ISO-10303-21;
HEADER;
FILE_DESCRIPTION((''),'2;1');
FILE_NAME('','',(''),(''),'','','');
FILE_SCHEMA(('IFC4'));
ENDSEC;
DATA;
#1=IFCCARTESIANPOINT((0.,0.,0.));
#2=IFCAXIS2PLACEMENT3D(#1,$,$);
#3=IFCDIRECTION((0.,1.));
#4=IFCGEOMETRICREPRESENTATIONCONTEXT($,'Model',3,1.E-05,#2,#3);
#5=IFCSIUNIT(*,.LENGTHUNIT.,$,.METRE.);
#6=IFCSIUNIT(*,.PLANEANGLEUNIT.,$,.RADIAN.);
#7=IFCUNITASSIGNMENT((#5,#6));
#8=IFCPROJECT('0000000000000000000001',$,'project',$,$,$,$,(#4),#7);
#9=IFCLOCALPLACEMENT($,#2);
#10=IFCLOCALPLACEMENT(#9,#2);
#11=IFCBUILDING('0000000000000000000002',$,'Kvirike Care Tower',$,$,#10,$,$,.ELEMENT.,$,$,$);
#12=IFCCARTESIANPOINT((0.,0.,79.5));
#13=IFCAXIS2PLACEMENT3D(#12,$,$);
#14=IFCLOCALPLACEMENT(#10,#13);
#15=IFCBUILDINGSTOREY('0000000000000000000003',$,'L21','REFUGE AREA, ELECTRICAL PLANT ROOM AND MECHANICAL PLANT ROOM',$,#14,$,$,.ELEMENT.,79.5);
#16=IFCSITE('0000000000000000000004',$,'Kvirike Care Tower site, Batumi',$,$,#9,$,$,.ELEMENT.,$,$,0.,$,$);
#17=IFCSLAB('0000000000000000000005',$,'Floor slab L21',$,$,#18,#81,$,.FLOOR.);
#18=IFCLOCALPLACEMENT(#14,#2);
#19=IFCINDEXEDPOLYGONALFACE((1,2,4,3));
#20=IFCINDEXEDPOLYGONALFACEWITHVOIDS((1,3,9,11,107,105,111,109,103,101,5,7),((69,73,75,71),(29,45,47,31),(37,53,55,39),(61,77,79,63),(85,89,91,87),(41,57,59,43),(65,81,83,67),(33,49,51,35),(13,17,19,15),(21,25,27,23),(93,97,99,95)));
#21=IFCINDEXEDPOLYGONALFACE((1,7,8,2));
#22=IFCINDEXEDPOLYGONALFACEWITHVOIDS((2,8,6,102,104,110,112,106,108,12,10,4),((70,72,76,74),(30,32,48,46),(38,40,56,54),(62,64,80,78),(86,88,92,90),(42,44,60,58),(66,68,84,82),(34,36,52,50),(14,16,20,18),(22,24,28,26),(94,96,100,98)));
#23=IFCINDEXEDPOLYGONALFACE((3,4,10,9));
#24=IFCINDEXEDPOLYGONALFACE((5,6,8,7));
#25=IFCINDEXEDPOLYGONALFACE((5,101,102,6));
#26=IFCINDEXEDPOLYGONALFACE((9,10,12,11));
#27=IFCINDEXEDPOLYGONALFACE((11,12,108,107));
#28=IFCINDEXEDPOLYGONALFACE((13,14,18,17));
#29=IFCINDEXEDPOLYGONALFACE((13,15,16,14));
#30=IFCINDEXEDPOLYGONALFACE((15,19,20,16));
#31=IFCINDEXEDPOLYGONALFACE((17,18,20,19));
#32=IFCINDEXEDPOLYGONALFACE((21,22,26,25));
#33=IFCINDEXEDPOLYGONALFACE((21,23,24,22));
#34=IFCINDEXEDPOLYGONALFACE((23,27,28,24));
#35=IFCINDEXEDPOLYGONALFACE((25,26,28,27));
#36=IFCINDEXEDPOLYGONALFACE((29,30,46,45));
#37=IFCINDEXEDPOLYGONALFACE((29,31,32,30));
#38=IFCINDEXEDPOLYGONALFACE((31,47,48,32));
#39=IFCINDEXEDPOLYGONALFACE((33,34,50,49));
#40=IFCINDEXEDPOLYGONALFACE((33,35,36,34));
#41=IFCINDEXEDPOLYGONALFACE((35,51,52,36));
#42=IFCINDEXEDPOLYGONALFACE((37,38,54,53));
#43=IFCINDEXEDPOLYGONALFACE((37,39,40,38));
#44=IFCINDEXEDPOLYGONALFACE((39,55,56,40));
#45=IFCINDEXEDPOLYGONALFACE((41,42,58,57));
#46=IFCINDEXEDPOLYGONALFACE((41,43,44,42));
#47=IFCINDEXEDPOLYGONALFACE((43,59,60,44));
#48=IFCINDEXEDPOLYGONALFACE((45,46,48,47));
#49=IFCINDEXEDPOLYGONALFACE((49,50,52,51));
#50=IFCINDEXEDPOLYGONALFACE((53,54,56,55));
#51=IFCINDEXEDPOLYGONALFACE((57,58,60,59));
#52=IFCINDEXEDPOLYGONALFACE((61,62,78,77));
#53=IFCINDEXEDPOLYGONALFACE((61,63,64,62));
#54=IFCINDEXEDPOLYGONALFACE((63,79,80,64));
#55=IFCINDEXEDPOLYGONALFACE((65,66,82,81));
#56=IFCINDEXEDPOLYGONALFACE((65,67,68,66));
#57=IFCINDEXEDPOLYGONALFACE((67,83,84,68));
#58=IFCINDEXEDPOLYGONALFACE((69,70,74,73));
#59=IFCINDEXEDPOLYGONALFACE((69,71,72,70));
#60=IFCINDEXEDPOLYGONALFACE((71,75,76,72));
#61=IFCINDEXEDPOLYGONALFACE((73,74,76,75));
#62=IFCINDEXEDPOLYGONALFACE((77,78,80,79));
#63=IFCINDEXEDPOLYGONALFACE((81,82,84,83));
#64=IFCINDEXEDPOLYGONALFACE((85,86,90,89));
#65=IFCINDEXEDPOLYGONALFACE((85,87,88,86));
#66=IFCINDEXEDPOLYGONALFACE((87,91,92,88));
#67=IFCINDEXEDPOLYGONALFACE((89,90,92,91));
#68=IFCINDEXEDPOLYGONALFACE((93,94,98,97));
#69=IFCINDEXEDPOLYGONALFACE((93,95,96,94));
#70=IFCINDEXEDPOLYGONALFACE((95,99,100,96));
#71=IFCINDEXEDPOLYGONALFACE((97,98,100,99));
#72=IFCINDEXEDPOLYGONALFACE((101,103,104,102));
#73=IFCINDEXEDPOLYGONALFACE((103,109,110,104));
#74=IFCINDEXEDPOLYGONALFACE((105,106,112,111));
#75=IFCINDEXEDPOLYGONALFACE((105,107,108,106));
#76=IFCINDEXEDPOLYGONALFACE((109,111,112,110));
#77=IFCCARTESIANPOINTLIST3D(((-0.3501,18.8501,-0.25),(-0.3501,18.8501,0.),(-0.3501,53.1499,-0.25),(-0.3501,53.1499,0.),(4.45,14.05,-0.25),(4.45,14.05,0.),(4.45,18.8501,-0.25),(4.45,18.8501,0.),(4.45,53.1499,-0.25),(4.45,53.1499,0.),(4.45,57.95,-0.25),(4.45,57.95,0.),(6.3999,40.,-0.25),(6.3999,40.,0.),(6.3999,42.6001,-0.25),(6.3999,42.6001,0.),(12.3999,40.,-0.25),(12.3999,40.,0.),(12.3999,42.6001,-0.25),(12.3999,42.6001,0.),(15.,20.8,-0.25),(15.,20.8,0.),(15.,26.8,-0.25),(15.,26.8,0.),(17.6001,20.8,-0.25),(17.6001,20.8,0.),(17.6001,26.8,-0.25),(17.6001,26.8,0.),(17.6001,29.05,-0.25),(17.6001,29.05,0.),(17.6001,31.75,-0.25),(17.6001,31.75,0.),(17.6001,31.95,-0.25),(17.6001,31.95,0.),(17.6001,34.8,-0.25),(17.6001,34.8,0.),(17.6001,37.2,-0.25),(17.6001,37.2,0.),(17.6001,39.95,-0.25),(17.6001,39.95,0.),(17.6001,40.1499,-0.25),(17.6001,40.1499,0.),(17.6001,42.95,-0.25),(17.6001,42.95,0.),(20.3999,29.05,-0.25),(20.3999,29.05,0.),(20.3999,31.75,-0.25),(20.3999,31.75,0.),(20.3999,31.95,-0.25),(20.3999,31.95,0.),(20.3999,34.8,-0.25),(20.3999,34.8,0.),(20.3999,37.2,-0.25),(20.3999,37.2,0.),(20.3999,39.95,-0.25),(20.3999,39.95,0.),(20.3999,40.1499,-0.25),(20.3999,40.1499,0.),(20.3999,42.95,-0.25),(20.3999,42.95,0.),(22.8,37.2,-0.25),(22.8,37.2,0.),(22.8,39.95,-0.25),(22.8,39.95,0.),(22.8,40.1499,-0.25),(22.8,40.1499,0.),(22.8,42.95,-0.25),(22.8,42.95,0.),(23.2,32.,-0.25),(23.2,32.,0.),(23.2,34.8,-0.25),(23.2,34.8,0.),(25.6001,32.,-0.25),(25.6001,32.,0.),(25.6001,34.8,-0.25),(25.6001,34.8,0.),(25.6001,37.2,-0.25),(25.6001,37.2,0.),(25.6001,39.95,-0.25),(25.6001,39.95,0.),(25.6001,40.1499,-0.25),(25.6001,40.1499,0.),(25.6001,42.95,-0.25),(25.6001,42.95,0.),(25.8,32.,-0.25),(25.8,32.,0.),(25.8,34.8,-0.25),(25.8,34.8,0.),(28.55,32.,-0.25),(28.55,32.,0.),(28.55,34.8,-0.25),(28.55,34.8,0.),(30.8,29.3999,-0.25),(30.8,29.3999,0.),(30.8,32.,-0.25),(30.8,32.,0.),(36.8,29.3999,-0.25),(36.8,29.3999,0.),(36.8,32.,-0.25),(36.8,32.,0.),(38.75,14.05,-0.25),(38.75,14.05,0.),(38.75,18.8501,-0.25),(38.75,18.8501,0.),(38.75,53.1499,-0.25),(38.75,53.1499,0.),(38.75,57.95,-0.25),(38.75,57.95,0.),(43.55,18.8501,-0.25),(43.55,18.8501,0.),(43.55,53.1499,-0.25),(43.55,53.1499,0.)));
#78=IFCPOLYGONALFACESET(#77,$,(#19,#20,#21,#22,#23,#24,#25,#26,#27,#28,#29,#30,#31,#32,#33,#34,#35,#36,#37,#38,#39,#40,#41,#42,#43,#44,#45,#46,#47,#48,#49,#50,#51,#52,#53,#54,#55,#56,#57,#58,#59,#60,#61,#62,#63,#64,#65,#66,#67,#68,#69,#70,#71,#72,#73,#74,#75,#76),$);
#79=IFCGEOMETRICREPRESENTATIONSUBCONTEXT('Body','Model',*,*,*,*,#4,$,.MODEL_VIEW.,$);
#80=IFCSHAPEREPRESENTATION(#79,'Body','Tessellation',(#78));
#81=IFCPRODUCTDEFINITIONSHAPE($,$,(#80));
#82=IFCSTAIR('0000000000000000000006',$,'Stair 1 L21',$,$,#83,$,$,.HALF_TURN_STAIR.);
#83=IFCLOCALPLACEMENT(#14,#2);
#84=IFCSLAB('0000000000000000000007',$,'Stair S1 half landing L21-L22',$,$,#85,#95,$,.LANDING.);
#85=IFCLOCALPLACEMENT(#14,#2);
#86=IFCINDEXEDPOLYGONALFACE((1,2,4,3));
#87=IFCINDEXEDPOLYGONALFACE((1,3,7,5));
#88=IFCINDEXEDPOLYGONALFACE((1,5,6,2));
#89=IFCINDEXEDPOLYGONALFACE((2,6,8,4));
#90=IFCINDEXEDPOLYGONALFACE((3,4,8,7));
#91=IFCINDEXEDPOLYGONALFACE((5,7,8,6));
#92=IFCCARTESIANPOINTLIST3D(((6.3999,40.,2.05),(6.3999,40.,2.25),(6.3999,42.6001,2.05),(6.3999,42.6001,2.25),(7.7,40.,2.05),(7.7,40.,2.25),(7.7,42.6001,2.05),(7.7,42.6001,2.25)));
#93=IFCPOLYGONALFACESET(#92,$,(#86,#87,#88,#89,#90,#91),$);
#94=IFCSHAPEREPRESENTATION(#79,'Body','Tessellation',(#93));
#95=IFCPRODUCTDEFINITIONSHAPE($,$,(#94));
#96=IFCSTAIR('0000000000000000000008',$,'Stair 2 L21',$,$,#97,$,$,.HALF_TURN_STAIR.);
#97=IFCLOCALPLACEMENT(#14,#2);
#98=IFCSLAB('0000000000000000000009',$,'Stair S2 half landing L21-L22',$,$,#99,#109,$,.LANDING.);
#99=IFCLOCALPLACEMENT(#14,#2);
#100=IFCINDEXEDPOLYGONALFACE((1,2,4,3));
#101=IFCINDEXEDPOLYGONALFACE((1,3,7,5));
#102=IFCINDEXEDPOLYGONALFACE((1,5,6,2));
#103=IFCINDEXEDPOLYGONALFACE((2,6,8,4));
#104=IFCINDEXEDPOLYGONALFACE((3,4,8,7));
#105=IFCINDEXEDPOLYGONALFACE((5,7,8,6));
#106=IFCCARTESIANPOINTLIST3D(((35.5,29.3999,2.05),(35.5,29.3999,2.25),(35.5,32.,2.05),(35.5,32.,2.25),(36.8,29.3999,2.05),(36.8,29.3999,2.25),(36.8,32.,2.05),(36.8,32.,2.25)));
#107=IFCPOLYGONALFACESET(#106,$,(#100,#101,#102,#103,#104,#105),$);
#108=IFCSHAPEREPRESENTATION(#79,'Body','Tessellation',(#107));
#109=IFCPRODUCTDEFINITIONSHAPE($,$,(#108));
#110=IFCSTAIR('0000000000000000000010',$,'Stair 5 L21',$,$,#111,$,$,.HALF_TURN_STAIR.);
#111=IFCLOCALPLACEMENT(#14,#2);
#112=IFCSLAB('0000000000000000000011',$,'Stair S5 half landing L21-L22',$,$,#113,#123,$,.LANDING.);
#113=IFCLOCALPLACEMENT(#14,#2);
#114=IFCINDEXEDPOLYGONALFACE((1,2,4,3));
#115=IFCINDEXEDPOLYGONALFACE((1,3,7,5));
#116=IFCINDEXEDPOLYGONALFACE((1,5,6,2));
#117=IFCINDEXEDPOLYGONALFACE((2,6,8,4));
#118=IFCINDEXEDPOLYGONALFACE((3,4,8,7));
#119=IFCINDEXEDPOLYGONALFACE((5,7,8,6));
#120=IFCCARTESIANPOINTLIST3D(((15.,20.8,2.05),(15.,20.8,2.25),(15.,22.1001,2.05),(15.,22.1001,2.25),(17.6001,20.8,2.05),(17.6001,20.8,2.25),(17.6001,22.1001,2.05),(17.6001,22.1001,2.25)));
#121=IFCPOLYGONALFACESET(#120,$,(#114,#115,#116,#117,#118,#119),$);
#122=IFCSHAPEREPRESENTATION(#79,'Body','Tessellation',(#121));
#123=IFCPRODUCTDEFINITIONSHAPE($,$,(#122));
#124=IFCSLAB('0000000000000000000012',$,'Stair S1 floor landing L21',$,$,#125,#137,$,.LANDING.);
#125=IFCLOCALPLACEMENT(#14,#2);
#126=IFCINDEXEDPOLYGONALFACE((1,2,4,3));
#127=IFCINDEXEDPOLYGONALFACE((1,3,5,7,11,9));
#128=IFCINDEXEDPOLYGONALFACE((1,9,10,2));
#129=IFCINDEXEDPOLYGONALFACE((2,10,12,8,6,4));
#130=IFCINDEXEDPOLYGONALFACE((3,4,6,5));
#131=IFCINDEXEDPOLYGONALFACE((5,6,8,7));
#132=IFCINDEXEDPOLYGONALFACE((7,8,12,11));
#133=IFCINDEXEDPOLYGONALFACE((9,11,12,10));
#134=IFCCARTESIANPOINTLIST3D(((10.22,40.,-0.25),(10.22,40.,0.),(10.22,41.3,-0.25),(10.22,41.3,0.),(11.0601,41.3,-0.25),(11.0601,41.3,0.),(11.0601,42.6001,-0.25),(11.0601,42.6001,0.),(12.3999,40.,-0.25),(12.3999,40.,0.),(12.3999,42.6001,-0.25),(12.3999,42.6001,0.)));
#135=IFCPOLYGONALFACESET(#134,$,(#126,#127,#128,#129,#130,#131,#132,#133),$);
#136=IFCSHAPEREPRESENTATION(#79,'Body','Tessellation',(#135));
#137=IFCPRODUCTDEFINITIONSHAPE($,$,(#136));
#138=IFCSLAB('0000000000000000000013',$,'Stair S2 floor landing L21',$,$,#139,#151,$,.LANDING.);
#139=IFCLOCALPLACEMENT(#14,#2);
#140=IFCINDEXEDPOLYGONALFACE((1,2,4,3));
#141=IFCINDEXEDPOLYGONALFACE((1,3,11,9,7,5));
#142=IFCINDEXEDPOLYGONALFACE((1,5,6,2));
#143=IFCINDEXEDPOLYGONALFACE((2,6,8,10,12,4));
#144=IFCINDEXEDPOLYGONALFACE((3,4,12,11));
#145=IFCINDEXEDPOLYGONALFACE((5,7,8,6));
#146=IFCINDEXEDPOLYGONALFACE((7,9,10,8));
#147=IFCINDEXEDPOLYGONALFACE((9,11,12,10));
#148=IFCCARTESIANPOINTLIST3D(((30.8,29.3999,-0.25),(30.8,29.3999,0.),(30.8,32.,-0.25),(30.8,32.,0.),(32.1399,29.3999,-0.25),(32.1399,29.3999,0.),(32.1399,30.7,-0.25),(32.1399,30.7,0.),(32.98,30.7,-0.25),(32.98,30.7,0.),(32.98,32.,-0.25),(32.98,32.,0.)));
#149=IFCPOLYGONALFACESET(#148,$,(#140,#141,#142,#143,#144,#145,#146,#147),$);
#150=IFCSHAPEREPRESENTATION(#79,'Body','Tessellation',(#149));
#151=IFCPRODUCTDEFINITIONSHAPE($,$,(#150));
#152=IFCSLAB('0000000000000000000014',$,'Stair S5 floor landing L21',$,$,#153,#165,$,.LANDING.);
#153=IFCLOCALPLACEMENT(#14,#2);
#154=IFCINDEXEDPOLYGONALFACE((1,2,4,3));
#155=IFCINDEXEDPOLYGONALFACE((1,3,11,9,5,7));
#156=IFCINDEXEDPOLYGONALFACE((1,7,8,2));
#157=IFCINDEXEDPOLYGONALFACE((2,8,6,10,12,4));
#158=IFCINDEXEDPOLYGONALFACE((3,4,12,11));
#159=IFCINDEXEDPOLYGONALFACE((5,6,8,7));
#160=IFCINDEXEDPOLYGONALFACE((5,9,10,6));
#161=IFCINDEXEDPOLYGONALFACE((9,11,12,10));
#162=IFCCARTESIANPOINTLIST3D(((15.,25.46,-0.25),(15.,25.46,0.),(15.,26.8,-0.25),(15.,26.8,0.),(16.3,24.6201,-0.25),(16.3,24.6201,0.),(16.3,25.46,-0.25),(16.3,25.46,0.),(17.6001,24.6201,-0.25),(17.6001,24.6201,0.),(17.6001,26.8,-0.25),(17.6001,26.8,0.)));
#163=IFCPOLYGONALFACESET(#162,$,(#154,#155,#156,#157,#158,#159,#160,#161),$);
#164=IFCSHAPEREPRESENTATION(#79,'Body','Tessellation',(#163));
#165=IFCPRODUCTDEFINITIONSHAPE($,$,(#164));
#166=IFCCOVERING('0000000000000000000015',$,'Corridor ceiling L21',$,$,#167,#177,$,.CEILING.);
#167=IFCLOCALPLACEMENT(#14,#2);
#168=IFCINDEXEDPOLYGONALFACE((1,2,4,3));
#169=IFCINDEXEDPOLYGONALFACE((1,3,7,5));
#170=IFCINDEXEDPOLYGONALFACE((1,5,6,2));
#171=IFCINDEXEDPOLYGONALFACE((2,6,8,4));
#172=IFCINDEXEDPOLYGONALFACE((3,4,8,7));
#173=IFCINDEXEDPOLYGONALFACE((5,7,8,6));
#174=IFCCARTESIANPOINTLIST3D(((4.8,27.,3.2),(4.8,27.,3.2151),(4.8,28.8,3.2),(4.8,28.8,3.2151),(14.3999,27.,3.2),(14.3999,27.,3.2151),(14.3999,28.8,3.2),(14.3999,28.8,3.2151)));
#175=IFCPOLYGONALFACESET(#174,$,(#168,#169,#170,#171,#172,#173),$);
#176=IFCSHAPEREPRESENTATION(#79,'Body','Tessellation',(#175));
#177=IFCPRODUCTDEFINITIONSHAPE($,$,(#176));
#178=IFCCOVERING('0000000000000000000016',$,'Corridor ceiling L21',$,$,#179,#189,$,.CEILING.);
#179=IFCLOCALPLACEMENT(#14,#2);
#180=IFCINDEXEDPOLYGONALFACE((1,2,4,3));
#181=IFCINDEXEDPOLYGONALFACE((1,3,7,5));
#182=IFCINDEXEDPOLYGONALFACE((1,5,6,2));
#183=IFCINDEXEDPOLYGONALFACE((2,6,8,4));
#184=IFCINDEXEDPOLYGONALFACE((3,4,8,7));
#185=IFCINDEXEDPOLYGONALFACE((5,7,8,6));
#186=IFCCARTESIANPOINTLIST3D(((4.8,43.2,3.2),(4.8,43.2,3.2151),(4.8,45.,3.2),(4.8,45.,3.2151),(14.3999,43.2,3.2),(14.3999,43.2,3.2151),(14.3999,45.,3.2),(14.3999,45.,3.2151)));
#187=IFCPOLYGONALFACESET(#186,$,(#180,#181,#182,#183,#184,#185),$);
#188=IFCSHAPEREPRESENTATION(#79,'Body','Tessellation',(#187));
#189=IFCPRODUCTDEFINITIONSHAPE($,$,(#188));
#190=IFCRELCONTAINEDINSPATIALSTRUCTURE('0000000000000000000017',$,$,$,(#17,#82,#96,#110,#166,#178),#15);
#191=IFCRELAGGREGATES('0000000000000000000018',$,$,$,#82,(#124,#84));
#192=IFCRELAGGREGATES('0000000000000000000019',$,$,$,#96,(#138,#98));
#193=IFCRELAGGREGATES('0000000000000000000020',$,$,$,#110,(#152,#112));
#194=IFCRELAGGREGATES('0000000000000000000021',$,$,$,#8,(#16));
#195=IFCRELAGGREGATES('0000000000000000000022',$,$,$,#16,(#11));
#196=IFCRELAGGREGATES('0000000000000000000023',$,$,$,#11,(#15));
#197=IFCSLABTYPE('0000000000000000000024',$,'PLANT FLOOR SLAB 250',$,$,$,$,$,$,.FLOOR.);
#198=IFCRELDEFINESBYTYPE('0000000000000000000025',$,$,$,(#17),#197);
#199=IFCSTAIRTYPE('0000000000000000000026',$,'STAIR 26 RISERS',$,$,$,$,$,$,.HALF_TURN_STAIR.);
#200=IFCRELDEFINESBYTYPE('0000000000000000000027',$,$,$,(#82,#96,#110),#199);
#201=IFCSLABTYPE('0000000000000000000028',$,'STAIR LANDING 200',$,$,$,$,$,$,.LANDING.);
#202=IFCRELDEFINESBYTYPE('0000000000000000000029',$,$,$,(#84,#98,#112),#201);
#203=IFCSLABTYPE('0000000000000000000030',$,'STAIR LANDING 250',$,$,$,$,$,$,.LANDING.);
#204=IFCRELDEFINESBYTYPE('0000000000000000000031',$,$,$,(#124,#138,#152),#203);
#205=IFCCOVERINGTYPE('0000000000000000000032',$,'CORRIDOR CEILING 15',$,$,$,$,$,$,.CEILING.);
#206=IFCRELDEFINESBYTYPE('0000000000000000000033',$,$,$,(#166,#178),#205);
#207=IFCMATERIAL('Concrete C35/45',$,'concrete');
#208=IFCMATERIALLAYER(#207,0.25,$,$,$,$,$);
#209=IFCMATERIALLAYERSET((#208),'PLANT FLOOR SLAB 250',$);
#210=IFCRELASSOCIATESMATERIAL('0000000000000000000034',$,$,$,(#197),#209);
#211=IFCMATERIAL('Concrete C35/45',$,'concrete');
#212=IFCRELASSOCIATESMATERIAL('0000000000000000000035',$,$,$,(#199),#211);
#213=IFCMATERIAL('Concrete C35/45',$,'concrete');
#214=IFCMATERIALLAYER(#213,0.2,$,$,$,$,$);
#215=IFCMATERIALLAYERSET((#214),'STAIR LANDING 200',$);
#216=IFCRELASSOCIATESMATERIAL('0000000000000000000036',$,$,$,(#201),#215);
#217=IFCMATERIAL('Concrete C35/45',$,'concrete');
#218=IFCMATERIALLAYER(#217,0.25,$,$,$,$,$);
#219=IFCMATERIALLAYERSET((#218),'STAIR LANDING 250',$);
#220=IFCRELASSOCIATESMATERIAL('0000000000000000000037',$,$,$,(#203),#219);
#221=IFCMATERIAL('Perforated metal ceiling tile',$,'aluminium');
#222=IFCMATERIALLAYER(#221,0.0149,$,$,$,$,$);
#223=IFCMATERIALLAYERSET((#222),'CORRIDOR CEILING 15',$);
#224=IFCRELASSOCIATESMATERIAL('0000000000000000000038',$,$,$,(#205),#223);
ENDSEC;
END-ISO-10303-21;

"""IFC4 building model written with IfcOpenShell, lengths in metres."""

from ifc_helpers import new_model, si_unit, direction, frame, origin, place, context, subcontext, project, spatial, polyline, outline, extrude, material, layer, layer_set, type_object, element, aggregate, save


model = new_model("IFC4")

# Units and contexts
model_context = context("Model", 3, precision=1e-05, world=origin(), true_north=direction((0.0, 1.0)))
body_context = subcontext(model_context, "Body", "Model", "MODEL_VIEW")
ifc_project = project(units=[si_unit("LENGTHUNIT", "METRE"), si_unit("PLANEANGLEUNIT", "RADIAN")], contexts=[model_context])

# Site, building, storey
site_placement = place(None, origin())
site = spatial("IfcSite", under=ifc_project, at=site_placement, Name="Kvirike Care Tower site, Batumi", CompositionType="ELEMENT", RefElevation=0.0)
building_placement = place(site_placement, origin())
building = spatial("IfcBuilding", under=site, at=building_placement, Name="Kvirike Care Tower", CompositionType="ELEMENT")
storey_placement = place(building_placement, frame((0.0, 0.0, 79.5)))
storey = spatial("IfcBuildingStorey", under=building, at=storey_placement, Name="L21", Description="REFUGE AREA, ELECTRICAL PLANT ROOM AND MECHANICAL PLANT ROOM", CompositionType="ELEMENT", Elevation=79.5)

# Slab
ifc_material_1 = material(Name="Concrete C35/45", Category="concrete")
ifc_layer_1 = layer(ifc_material_1, 0.25)
ifc_layer_set_1 = layer_set([ifc_layer_1], Name="PLANT FLOOR SLAB 250")
slab_type_1 = type_object("IfcSlabType", Name="PLANT FLOOR SLAB 250", PredefinedType="FLOOR", material=ifc_layer_set_1)
slab_1_placement = place(storey_placement, frame((0.0, 0.0, -0.25)))
element("IfcSlab", 1, at=slab_1_placement, inside=storey, type_object=slab_type_1, Name="Floor slab L21", PredefinedType="FLOOR", context=body_context, shape_type="SweptSolid", body=[
    extrude(outline(polyline([(-0.3501, 53.1499), (-0.3501, 18.8501), (4.45, 18.8501), (4.45, 14.05), (38.75, 14.05), (38.75, 18.8501), (43.55, 18.8501), (43.55, 53.1499), (38.75, 53.1499), (38.75, 57.95), (4.45, 57.95), (4.45, 53.1499), (-0.3501, 53.1499)]), holes=[polyline([(17.6001, 29.05), (17.6001, 31.75), (20.3999, 31.75), (20.3999, 29.05), (17.6001, 29.05)]), polyline([(17.6001, 31.95), (17.6001, 34.8), (20.3999, 34.8), (20.3999, 31.95), (17.6001, 31.95)]), polyline([(17.6001, 37.2), (17.6001, 39.95), (20.3999, 39.95), (20.3999, 37.2), (17.6001, 37.2)]), polyline([(17.6001, 40.1499), (17.6001, 42.95), (20.3999, 42.95), (20.3999, 40.1499), (17.6001, 40.1499)]), polyline([(22.8, 37.2), (22.8, 39.95), (25.6001, 39.95), (25.6001, 37.2), (22.8, 37.2)]), polyline([(22.8, 40.1499), (22.8, 42.95), (25.6001, 42.95), (25.6001, 40.1499), (22.8, 40.1499)]), polyline([(23.2, 32.0), (23.2, 34.8), (25.6001, 34.8), (25.6001, 32.0), (23.2, 32.0)]), polyline([(25.8, 32.0), (25.8, 34.8), (28.55, 34.8), (28.55, 32.0), (25.8, 32.0)]), polyline([(12.3999, 42.6001), (12.3999, 40.0), (6.3999, 40.0), (6.3999, 42.6001), (12.3999, 42.6001)]), polyline([(30.8, 29.3999), (30.8, 32.0), (36.8, 32.0), (36.8, 29.3999), (30.8, 29.3999)]), polyline([(15.0, 26.8), (17.6001, 26.8), (17.6001, 20.8), (15.0, 20.8), (15.0, 26.8)])]), origin(), (0.0, 0.0, 1.0), 0.25),
])

# Stairs, slabs
ifc_material_2 = material(Name="Concrete C35/45", Category="concrete")
stair_type = type_object("IfcStairType", Name="STAIR 26 RISERS", PredefinedType="HALF_TURN_STAIR", material=ifc_material_2)
stair_1_placement = place(storey_placement, origin())
stair_1 = element("IfcStair", 2, at=stair_1_placement, inside=storey, type_object=stair_type, Name="Stair 1 L21", PredefinedType="HALF_TURN_STAIR")
ifc_material_3 = material(Name="Concrete C35/45", Category="concrete")
ifc_layer_2 = layer(ifc_material_3, 0.2)
ifc_layer_set_2 = layer_set([ifc_layer_2], Name="STAIR LANDING 200")
slab_type_2 = type_object("IfcSlabType", Name="STAIR LANDING 200", PredefinedType="LANDING", material=ifc_layer_set_2)
slab_2_placement = place(storey_placement, frame((0.0, 0.0, 2.05)))
slab_2 = element("IfcSlab", 3, at=slab_2_placement, type_object=slab_type_2, Name="Stair S1 half landing L21-L22", PredefinedType="LANDING", context=body_context, shape_type="SweptSolid", body=[
    extrude(outline(polyline([(6.3999, 42.6001), (6.3999, 40.0), (7.7, 40.0), (7.7, 42.6001), (6.3999, 42.6001)])), origin(), (0.0, 0.0, 1.0), 0.2),
])
stair_2_placement = place(storey_placement, origin())
stair_2 = element("IfcStair", 4, at=stair_2_placement, inside=storey, type_object=stair_type, Name="Stair 2 L21", PredefinedType="HALF_TURN_STAIR")
slab_3_placement = place(storey_placement, frame((0.0, 0.0, 2.05)))
slab_3 = element("IfcSlab", 5, at=slab_3_placement, type_object=slab_type_2, Name="Stair S2 half landing L21-L22", PredefinedType="LANDING", context=body_context, shape_type="SweptSolid", body=[
    extrude(outline(polyline([(36.8, 29.3999), (36.8, 32.0), (35.5, 32.0), (35.5, 29.3999), (36.8, 29.3999)])), origin(), (0.0, 0.0, 1.0), 0.2),
])
stair_3_placement = place(storey_placement, origin())
stair_3 = element("IfcStair", 6, at=stair_3_placement, inside=storey, type_object=stair_type, Name="Stair 5 L21", PredefinedType="HALF_TURN_STAIR")
slab_4_placement = place(storey_placement, frame((0.0, 0.0, 2.05)))
slab_4 = element("IfcSlab", 7, at=slab_4_placement, type_object=slab_type_2, Name="Stair S5 half landing L21-L22", PredefinedType="LANDING", context=body_context, shape_type="SweptSolid", body=[
    extrude(outline(polyline([(15.0, 20.8), (17.6001, 20.8), (17.6001, 22.1001), (15.0, 22.1001), (15.0, 20.8)])), origin(), (0.0, 0.0, 1.0), 0.2),
])

# Slabs
ifc_material_4 = material(Name="Concrete C35/45", Category="concrete")
ifc_layer_3 = layer(ifc_material_4, 0.25)
ifc_layer_set_3 = layer_set([ifc_layer_3], Name="STAIR LANDING 250")
slab_type_3 = type_object("IfcSlabType", Name="STAIR LANDING 250", PredefinedType="LANDING", material=ifc_layer_set_3)
slab_5_placement = place(storey_placement, frame((0.0, 0.0, -0.25)))
slab_5 = element("IfcSlab", 8, at=slab_5_placement, type_object=slab_type_3, Name="Stair S1 floor landing L21", PredefinedType="LANDING", context=body_context, shape_type="SweptSolid", body=[
    extrude(outline(polyline([(11.0601, 42.6001), (11.0601, 41.3), (10.22, 41.3), (10.22, 40.0), (12.3999, 40.0), (12.3999, 42.6001), (11.0601, 42.6001)])), origin(), (0.0, 0.0, 1.0), 0.25),
])
aggregate(stair_1, [slab_5, slab_2])
slab_6_placement = place(storey_placement, frame((0.0, 0.0, -0.25)))
slab_6 = element("IfcSlab", 9, at=slab_6_placement, type_object=slab_type_3, Name="Stair S2 floor landing L21", PredefinedType="LANDING", context=body_context, shape_type="SweptSolid", body=[
    extrude(outline(polyline([(32.1399, 29.3999), (32.1399, 30.7), (32.98, 30.7), (32.98, 32.0), (30.8, 32.0), (30.8, 29.3999), (32.1399, 29.3999)])), origin(), (0.0, 0.0, 1.0), 0.25),
])
aggregate(stair_2, [slab_6, slab_3])
slab_7_placement = place(storey_placement, frame((0.0, 0.0, -0.25)))
slab_7 = element("IfcSlab", 10, at=slab_7_placement, type_object=slab_type_3, Name="Stair S5 floor landing L21", PredefinedType="LANDING", context=body_context, shape_type="SweptSolid", body=[
    extrude(outline(polyline([(15.0, 25.46), (16.3, 25.46), (16.3, 24.6201), (17.6001, 24.6201), (17.6001, 26.8), (15.0, 26.8), (15.0, 25.46)])), origin(), (0.0, 0.0, 1.0), 0.25),
])
aggregate(stair_3, [slab_7, slab_4])

# Coverings
ifc_material_5 = material(Name="Perforated metal ceiling tile", Category="aluminium")
ifc_layer_4 = layer(ifc_material_5, 0.0149)
ifc_layer_set_4 = layer_set([ifc_layer_4], Name="CORRIDOR CEILING 15")
covering_type = type_object("IfcCoveringType", Name="CORRIDOR CEILING 15", PredefinedType="CEILING", material=ifc_layer_set_4)
covering_1_placement = place(storey_placement, frame((0.0, 0.0, 3.2)))
element("IfcCovering", 11, at=covering_1_placement, inside=storey, type_object=covering_type, Name="Corridor ceiling L21", PredefinedType="CEILING", context=body_context, shape_type="SweptSolid", body=[
    extrude(outline(polyline([(4.8, 27.0), (4.8, 28.8), (14.3999, 28.8), (14.3999, 27.0), (4.8, 27.0)])), origin(), (0.0, 0.0, 1.0), 0.0151),
])
covering_2_placement = place(storey_placement, frame((0.0, 0.0, 3.2)))
element("IfcCovering", 12, at=covering_2_placement, inside=storey, type_object=covering_type, Name="Corridor ceiling L21", PredefinedType="CEILING", context=body_context, shape_type="SweptSolid", body=[
    extrude(outline(polyline([(14.3999, 45.0), (14.3999, 43.2), (4.8, 43.2), (4.8, 45.0), (14.3999, 45.0)])), origin(), (0.0, 0.0, 1.0), 0.0151),
])

save(model, "model.ifc")
